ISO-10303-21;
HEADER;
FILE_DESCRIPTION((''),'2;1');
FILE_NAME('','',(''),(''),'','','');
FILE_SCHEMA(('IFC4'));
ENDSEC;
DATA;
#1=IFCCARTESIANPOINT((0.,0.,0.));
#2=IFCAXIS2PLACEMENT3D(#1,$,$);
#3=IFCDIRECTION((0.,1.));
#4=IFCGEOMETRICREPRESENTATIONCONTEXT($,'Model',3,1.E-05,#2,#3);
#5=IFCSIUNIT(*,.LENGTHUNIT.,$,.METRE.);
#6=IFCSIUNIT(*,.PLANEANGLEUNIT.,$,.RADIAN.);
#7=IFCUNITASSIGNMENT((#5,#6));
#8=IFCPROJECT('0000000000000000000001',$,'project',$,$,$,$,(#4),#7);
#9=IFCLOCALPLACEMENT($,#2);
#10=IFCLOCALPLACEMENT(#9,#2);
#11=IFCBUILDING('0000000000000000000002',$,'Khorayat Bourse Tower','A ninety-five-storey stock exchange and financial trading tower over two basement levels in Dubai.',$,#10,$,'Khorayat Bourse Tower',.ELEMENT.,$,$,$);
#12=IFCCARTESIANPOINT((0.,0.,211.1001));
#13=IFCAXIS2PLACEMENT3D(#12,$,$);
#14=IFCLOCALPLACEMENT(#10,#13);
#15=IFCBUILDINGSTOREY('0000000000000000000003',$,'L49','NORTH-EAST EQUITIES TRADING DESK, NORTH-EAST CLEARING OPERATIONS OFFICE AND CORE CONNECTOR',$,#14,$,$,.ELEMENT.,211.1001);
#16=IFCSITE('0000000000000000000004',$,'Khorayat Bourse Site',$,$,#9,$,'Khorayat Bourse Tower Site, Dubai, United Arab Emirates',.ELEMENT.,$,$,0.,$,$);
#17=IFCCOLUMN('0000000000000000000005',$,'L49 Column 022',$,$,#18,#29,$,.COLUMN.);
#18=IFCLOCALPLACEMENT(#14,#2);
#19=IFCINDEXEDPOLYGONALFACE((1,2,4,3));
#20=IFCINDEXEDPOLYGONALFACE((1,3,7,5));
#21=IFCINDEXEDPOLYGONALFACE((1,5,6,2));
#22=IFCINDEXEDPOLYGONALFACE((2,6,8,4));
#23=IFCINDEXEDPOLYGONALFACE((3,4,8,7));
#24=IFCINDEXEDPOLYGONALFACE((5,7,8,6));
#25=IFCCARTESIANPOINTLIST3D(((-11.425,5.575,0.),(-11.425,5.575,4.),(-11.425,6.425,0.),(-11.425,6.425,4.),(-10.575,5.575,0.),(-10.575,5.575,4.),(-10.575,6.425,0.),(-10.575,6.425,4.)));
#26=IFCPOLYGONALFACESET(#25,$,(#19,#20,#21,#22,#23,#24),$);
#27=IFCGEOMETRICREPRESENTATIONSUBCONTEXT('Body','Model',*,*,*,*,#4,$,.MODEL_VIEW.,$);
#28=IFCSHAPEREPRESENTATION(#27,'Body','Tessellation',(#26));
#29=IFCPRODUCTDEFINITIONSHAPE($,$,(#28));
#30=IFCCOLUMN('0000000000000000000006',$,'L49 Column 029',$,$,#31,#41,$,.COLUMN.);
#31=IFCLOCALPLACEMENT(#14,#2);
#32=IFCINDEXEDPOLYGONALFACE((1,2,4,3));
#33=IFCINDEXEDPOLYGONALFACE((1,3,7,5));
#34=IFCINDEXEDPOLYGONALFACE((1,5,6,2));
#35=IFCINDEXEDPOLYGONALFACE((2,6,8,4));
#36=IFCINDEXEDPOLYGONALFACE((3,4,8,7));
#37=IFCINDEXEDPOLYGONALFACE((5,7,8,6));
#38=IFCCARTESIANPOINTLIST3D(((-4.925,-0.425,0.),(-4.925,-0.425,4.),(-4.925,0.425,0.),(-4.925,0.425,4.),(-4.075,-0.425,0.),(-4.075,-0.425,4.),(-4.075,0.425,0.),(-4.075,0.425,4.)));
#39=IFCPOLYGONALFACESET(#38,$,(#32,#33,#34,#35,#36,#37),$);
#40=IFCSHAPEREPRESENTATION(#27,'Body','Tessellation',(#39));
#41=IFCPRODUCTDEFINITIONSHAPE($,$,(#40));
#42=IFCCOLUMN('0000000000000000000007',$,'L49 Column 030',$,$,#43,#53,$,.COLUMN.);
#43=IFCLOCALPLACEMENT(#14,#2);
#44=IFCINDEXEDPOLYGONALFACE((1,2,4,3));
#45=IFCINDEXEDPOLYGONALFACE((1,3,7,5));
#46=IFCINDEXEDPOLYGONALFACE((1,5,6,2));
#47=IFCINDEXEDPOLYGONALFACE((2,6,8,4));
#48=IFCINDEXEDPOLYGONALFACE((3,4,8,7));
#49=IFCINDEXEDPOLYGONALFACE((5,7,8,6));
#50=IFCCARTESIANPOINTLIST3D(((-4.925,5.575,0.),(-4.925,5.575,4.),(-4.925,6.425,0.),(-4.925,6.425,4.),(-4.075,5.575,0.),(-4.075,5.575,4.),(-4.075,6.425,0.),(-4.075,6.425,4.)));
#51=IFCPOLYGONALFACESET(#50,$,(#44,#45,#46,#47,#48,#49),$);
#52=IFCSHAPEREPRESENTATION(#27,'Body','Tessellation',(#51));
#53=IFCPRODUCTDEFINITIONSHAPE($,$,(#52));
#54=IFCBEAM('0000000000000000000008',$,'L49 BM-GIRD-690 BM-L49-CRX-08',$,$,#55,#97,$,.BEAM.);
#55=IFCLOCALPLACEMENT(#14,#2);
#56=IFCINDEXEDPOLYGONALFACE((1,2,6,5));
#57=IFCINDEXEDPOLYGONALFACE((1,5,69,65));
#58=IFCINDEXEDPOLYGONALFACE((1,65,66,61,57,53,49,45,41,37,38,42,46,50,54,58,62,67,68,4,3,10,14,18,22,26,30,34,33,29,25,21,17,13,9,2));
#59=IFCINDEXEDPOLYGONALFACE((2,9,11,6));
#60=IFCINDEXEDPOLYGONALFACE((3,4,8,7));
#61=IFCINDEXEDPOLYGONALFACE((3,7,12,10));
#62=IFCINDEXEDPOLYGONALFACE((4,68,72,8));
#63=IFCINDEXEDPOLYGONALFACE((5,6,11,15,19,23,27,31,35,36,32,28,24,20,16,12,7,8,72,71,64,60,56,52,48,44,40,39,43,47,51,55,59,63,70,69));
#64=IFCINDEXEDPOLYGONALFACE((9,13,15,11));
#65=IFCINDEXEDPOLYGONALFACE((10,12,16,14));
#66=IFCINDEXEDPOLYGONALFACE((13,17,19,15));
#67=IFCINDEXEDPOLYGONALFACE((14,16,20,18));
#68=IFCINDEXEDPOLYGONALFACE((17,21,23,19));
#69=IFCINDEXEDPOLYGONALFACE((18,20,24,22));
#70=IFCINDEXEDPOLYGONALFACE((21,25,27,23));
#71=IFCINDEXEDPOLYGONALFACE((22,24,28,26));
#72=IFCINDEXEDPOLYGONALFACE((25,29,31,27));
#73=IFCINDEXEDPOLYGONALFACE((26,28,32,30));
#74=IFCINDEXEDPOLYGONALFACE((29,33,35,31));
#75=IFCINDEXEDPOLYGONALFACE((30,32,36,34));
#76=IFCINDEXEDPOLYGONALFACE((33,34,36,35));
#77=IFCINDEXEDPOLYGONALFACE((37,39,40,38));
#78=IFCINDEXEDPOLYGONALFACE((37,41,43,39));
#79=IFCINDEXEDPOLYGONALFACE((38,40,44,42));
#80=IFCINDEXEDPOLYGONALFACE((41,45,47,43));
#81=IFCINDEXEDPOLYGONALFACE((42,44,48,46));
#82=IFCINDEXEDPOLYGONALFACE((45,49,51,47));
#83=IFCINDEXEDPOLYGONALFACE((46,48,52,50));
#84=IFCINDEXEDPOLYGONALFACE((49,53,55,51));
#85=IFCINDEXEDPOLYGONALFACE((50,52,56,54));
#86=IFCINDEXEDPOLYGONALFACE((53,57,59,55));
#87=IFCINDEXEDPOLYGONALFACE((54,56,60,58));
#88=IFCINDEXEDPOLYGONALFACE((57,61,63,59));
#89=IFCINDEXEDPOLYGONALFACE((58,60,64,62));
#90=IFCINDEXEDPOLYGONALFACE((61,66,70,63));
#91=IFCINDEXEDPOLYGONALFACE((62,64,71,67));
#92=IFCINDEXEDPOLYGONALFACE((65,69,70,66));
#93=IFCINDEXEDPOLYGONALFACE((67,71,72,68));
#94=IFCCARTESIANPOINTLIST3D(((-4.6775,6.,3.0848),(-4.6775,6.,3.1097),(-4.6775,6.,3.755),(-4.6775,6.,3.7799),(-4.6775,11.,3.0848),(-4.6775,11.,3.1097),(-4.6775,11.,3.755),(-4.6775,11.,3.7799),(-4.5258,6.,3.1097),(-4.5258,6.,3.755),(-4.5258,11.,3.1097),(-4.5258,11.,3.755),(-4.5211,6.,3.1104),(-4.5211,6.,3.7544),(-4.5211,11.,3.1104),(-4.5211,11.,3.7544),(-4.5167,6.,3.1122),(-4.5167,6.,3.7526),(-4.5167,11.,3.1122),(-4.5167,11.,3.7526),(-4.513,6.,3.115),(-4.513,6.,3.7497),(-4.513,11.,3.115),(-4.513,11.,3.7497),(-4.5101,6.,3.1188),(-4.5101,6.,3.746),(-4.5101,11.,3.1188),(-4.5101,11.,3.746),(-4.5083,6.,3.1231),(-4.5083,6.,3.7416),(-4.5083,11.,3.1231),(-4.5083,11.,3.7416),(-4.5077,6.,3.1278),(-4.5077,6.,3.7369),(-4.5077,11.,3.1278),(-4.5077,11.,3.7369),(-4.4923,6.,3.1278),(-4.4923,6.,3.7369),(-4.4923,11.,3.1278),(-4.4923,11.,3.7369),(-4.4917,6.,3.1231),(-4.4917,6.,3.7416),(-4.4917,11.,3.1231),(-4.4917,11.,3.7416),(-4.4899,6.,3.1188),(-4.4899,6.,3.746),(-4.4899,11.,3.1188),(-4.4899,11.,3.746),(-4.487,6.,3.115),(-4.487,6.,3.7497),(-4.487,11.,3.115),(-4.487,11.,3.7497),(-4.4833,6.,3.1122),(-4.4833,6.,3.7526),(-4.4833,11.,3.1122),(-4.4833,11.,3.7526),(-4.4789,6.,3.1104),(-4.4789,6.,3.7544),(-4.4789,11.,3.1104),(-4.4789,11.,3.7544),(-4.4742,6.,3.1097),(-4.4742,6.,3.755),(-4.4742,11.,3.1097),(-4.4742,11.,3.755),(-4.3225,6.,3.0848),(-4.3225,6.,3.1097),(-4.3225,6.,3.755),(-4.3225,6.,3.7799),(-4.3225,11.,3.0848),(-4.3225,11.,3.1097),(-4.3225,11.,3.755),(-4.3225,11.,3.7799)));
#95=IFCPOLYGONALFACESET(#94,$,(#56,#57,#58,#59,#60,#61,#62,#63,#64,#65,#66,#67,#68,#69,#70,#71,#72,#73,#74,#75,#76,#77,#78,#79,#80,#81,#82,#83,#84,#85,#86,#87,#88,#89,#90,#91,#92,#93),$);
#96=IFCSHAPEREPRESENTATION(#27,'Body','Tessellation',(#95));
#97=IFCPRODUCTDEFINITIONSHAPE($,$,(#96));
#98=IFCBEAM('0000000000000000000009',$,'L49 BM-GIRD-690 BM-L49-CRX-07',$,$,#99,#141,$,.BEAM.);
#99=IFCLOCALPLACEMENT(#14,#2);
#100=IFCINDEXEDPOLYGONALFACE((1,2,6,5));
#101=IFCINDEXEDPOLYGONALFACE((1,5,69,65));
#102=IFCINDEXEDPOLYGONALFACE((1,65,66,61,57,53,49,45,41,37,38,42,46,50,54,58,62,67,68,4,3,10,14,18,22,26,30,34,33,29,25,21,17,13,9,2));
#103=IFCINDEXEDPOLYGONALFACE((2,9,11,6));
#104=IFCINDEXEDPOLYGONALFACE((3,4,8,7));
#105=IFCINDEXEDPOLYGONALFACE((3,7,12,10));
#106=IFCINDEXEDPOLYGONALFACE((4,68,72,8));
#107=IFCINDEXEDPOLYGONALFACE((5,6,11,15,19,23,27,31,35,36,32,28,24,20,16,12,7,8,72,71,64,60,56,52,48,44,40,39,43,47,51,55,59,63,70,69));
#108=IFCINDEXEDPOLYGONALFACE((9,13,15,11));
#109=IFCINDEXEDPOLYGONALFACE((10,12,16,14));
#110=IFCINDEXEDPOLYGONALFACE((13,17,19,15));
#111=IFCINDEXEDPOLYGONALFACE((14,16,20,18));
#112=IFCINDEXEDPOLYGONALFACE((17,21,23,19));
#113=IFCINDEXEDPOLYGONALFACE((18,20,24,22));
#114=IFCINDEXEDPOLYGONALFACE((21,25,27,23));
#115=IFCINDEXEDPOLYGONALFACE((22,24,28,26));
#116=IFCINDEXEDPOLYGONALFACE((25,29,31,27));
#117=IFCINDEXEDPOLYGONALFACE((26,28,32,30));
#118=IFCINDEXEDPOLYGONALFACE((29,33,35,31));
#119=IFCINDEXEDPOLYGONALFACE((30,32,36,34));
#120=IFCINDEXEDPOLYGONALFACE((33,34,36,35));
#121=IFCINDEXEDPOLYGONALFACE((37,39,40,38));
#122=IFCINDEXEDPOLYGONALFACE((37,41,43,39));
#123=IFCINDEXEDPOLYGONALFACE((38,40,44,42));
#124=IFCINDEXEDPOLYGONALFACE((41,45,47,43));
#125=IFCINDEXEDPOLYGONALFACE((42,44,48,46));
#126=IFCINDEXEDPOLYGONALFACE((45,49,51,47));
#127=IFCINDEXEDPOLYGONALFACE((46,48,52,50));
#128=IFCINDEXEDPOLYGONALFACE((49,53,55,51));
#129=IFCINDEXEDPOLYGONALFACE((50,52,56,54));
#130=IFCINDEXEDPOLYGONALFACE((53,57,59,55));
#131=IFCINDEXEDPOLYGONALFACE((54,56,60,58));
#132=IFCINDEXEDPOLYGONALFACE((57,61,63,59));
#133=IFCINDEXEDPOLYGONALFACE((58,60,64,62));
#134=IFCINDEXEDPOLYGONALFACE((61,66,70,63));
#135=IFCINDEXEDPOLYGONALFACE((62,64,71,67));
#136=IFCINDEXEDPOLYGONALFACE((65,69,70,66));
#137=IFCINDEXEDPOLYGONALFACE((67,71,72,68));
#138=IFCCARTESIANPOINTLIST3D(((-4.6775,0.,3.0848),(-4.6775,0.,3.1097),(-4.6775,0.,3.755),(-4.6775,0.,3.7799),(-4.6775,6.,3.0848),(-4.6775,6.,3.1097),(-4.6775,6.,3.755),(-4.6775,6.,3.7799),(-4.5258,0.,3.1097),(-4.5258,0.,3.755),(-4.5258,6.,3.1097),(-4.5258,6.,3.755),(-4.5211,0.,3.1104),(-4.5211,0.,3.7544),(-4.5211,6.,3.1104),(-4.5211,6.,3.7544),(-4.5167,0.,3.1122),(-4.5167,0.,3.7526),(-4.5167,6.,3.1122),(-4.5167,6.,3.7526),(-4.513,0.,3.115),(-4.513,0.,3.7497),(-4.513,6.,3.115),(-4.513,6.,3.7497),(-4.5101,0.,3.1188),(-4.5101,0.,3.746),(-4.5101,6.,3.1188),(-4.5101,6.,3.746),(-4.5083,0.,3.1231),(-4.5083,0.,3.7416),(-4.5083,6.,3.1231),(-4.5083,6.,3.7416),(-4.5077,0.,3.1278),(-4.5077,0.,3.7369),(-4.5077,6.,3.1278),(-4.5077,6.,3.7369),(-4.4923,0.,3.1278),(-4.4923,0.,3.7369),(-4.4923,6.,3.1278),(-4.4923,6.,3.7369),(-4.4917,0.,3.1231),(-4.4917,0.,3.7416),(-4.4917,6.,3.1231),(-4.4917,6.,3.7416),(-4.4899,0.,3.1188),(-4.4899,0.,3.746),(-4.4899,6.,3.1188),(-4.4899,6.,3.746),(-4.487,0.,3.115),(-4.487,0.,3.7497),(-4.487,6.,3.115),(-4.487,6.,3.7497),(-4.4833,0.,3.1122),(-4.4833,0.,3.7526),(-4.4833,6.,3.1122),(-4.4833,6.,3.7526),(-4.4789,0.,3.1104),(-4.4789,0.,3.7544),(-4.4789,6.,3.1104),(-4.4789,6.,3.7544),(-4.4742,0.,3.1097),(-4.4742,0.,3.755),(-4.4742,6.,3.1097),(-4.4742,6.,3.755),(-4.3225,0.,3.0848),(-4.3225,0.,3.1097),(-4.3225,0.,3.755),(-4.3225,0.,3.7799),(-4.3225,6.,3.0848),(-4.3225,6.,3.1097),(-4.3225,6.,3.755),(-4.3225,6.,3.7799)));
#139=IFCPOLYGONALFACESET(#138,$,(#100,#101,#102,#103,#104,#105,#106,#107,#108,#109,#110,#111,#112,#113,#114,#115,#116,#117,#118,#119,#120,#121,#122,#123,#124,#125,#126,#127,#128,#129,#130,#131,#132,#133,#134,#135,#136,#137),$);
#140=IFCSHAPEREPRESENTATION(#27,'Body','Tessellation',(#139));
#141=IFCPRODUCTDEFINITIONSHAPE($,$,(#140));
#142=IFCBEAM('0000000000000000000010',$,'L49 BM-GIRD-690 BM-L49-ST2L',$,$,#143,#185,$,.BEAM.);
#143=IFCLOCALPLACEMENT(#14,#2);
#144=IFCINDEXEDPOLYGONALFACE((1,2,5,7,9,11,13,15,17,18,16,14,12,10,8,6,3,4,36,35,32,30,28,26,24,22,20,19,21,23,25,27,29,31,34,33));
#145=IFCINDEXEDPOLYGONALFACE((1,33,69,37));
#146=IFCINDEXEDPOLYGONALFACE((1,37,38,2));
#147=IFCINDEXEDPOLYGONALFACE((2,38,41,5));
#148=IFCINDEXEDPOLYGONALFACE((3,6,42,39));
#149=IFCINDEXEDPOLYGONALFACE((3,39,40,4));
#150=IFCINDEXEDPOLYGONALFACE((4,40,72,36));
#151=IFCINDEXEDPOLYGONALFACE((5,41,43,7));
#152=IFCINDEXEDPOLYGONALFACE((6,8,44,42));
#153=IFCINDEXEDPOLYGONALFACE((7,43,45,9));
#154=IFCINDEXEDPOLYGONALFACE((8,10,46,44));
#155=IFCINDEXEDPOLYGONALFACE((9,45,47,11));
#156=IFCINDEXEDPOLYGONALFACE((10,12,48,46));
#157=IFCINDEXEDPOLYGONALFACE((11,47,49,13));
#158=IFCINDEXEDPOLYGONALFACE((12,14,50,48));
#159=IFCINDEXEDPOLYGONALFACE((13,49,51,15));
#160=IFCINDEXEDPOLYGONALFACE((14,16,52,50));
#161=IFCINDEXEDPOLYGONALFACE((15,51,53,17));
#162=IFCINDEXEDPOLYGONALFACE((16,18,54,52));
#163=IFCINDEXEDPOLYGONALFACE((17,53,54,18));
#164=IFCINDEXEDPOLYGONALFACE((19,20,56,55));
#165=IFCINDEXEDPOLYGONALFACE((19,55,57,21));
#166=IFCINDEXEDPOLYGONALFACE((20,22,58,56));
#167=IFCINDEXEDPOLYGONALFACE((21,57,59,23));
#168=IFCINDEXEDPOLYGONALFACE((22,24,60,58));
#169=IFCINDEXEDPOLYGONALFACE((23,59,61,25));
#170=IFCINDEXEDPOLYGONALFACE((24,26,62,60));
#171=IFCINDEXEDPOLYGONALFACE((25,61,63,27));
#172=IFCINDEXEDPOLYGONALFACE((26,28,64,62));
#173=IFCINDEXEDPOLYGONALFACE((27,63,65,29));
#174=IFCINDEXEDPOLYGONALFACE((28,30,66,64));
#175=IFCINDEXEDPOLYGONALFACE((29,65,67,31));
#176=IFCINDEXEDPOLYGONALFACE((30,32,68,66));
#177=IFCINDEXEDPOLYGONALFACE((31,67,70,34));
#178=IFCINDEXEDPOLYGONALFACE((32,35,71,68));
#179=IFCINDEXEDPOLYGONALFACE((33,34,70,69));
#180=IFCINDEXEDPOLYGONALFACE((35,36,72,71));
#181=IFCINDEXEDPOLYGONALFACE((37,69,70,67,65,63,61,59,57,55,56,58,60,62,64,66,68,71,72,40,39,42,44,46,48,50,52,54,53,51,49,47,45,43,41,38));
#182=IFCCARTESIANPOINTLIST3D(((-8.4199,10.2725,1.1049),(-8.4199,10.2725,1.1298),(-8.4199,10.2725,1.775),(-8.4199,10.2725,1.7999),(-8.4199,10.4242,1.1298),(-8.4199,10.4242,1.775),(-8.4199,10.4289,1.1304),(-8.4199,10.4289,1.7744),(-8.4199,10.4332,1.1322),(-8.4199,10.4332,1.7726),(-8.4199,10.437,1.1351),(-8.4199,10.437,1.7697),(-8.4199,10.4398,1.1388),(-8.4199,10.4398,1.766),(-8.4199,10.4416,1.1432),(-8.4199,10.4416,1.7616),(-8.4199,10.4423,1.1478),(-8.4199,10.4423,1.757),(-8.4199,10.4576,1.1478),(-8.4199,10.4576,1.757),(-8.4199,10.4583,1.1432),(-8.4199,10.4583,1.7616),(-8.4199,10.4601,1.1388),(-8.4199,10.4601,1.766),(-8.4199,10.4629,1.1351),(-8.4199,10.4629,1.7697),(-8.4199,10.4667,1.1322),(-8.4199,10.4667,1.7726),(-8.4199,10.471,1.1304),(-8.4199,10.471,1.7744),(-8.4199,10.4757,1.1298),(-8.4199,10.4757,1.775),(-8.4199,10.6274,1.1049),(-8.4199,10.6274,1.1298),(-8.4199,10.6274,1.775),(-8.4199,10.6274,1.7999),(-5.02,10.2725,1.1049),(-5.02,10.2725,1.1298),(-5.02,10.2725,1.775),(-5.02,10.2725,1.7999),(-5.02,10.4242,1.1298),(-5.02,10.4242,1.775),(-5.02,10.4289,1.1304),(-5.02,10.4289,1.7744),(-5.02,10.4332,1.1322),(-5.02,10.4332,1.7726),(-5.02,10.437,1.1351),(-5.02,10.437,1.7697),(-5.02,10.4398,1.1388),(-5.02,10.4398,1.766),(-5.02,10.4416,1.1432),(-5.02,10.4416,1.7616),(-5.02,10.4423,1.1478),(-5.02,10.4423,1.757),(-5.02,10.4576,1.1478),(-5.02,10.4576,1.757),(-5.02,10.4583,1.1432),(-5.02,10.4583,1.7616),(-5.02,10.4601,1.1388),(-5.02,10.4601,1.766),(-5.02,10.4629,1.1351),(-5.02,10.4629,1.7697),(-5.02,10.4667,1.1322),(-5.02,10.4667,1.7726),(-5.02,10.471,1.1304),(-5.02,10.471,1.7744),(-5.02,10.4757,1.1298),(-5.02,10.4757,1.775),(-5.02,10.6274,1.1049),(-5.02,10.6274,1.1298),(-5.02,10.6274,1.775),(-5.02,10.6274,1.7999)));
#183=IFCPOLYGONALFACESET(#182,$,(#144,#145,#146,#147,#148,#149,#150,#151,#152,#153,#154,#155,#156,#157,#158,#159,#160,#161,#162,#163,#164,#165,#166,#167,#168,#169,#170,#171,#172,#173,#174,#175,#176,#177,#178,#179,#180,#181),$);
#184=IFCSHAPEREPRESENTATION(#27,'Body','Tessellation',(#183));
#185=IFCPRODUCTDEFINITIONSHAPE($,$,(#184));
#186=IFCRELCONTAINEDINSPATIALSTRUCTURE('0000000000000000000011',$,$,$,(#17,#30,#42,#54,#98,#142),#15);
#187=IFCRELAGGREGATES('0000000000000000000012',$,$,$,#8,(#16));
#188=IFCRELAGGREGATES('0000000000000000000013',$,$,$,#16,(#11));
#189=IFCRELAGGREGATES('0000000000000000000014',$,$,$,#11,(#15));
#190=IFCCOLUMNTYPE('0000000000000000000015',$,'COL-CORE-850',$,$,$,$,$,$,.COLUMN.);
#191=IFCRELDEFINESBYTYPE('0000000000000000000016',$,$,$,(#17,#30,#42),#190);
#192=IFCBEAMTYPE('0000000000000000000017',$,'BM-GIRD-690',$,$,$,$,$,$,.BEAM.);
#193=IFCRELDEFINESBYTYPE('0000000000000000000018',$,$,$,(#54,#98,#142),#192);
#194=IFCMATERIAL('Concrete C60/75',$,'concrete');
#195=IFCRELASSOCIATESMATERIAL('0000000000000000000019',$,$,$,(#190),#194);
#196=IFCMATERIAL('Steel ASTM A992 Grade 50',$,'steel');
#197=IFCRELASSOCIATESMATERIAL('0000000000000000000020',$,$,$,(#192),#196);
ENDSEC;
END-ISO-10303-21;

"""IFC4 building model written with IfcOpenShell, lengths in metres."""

from ifc_helpers import new_model, si_unit, direction, frame, origin, origin_2d, place, context, subcontext, project, spatial, rectangle, i_section, extrude, source, transform, mapped, material, material_profile, profile_set, type_object, element, save


model = new_model("IFC4")

# Units and contexts
model_context = context("Model", 3, precision=1e-05, world=origin(), true_north=direction((0.0, 1.0)))
body_context = subcontext(model_context, "Body", "Model", "MODEL_VIEW")
ifc_project = project(units=[si_unit("LENGTHUNIT", "METRE"), si_unit("PLANEANGLEUNIT", "RADIAN")], contexts=[model_context])

# Site, building, storey
site_placement = place(None, origin())
site = spatial("IfcSite", under=ifc_project, at=site_placement, Name="Khorayat Bourse Site", LongName="Khorayat Bourse Tower Site, Dubai, United Arab Emirates", CompositionType="ELEMENT", RefElevation=0.0)
building_placement = place(site_placement, origin())
building = spatial("IfcBuilding", under=site, at=building_placement, Name="Khorayat Bourse Tower", Description="A ninety-five-storey stock exchange and financial trading tower over two basement levels in Dubai.", LongName="Khorayat Bourse Tower", CompositionType="ELEMENT")
storey_placement = place(building_placement, frame((0.0, 0.0, 211.1001)))
storey = spatial("IfcBuildingStorey", under=building, at=storey_placement, Name="L49", Description="NORTH-EAST EQUITIES TRADING DESK, NORTH-EAST CLEARING OPERATIONS OFFICE AND CORE CONNECTOR", CompositionType="ELEMENT", Elevation=211.1001)

# Columns
ifc_material_1 = material(Name="Concrete C60/75", Category="concrete")
ifc_material_profile_1 = material_profile(ifc_material_1, rectangle(XDim=0.8501, YDim=0.8501, at=origin_2d()), Name="RC 850x850")
ifc_profile_set_1 = profile_set([ifc_material_profile_1], Name="Concrete C60/75")
column_type = type_object("IfcColumnType", Name="COL-CORE-850", PredefinedType="COLUMN", material=ifc_profile_set_1)
shared_shape_1 = source(origin(), body_context, "Body", "SweptSolid", [
    extrude(rectangle(XDim=0.8501, YDim=0.8501, at=origin_2d()), origin(), (0.0, 0.0, 1.0), 4.0),
])
for number, where, z_axis, x_axis, name in (
    (1, (-11.0, 6.0, 0.0), (0.0, 0.0, 1.0), (1.0, 0.0, 0.0), "L49 Column 022"),
    (2, (-4.5, 0.0, 0.0), (0.0, 0.0, 1.0), (1.0, 0.0, 0.0), "L49 Column 029"),
    (3, (-4.5, 6.0, 0.0), (0.0, 0.0, 1.0), (1.0, 0.0, 0.0), "L49 Column 030"),
):
    element("IfcColumn", number, at=place(storey_placement, frame(where, z_axis=z_axis, x_axis=x_axis)), inside=storey, type_object=column_type, Name=name, PredefinedType="COLUMN", context=body_context, shape_type="MappedRepresentation", body=[
        mapped(shared_shape_1, transform((0.0, 0.0, 0.0), scale=1.0)),
    ])

# Beams
ifc_material_2 = material(Name="Steel ASTM A992 Grade 50", Category="steel")
ifc_material_profile_2 = material_profile(ifc_material_2, i_section(OverallWidth=0.355, OverallDepth=0.6951, WebThickness=0.0154, FlangeThickness=0.0249, FilletRadius=0.0181, at=origin_2d()), Name="W690X217")
ifc_profile_set_2 = profile_set([ifc_material_profile_2], Name="Steel ASTM A992 Grade 50")
beam_type_1 = type_object("IfcBeamType", Name="BM-GIRD-690", PredefinedType="BEAM", material=ifc_profile_set_2)
shared_shape_2 = source(origin(), body_context, "Body", "SweptSolid", [
    extrude(i_section(OverallWidth=0.355, OverallDepth=0.6951, WebThickness=0.0154, FlangeThickness=0.0249, FilletRadius=0.0181, at=origin_2d()), origin(), (0.0, 0.0, 1.0), 5.0),
])
beam_1_placement = place(storey_placement, frame((-4.5, 6.0, 3.4324), z_axis=(0.0, 1.0, 0.0), x_axis=(-1.0, 0.0, 0.0)))
element("IfcBeam", 4, at=beam_1_placement, inside=storey, type_object=beam_type_1, Name="L49 BM-GIRD-690 BM-L49-CRX-08", PredefinedType="BEAM", context=body_context, shape_type="MappedRepresentation", body=[
    mapped(shared_shape_2, transform((0.0, 0.0, 0.0), scale=1.0)),
])
shared_shape_3 = source(origin(), body_context, "Body", "SweptSolid", [
    extrude(i_section(OverallWidth=0.355, OverallDepth=0.6951, WebThickness=0.0154, FlangeThickness=0.0249, FilletRadius=0.0181, at=origin_2d()), origin(), (0.0, 0.0, 1.0), 6.0),
])
beam_2_placement = place(storey_placement, frame((-4.5, 0.0, 3.4324), z_axis=(0.0, 1.0, 0.0), x_axis=(-1.0, 0.0, 0.0)))
element("IfcBeam", 5, at=beam_2_placement, inside=storey, type_object=beam_type_1, Name="L49 BM-GIRD-690 BM-L49-CRX-07", PredefinedType="BEAM", context=body_context, shape_type="MappedRepresentation", body=[
    mapped(shared_shape_3, transform((0.0, 0.0, 0.0), scale=1.0)),
])
shared_shape_4 = source(origin(), body_context, "Body", "SweptSolid", [
    extrude(i_section(OverallWidth=0.355, OverallDepth=0.6951, WebThickness=0.0154, FlangeThickness=0.0249, FilletRadius=0.0181, at=origin_2d()), origin(), (0.0, 0.0, 1.0), 3.3999),
])
beam_3_placement = place(storey_placement, frame((-8.4199, 10.45, 1.4524), z_axis=(1.0, 0.0, 0.0), x_axis=(0.0, 1.0, 0.0)))
element("IfcBeam", 6, at=beam_3_placement, inside=storey, type_object=beam_type_1, Name="L49 BM-GIRD-690 BM-L49-ST2L", PredefinedType="BEAM", context=body_context, shape_type="MappedRepresentation", body=[
    mapped(shared_shape_4, transform((0.0, 0.0, 0.0), scale=1.0)),
])

save(model, "model.ifc")
